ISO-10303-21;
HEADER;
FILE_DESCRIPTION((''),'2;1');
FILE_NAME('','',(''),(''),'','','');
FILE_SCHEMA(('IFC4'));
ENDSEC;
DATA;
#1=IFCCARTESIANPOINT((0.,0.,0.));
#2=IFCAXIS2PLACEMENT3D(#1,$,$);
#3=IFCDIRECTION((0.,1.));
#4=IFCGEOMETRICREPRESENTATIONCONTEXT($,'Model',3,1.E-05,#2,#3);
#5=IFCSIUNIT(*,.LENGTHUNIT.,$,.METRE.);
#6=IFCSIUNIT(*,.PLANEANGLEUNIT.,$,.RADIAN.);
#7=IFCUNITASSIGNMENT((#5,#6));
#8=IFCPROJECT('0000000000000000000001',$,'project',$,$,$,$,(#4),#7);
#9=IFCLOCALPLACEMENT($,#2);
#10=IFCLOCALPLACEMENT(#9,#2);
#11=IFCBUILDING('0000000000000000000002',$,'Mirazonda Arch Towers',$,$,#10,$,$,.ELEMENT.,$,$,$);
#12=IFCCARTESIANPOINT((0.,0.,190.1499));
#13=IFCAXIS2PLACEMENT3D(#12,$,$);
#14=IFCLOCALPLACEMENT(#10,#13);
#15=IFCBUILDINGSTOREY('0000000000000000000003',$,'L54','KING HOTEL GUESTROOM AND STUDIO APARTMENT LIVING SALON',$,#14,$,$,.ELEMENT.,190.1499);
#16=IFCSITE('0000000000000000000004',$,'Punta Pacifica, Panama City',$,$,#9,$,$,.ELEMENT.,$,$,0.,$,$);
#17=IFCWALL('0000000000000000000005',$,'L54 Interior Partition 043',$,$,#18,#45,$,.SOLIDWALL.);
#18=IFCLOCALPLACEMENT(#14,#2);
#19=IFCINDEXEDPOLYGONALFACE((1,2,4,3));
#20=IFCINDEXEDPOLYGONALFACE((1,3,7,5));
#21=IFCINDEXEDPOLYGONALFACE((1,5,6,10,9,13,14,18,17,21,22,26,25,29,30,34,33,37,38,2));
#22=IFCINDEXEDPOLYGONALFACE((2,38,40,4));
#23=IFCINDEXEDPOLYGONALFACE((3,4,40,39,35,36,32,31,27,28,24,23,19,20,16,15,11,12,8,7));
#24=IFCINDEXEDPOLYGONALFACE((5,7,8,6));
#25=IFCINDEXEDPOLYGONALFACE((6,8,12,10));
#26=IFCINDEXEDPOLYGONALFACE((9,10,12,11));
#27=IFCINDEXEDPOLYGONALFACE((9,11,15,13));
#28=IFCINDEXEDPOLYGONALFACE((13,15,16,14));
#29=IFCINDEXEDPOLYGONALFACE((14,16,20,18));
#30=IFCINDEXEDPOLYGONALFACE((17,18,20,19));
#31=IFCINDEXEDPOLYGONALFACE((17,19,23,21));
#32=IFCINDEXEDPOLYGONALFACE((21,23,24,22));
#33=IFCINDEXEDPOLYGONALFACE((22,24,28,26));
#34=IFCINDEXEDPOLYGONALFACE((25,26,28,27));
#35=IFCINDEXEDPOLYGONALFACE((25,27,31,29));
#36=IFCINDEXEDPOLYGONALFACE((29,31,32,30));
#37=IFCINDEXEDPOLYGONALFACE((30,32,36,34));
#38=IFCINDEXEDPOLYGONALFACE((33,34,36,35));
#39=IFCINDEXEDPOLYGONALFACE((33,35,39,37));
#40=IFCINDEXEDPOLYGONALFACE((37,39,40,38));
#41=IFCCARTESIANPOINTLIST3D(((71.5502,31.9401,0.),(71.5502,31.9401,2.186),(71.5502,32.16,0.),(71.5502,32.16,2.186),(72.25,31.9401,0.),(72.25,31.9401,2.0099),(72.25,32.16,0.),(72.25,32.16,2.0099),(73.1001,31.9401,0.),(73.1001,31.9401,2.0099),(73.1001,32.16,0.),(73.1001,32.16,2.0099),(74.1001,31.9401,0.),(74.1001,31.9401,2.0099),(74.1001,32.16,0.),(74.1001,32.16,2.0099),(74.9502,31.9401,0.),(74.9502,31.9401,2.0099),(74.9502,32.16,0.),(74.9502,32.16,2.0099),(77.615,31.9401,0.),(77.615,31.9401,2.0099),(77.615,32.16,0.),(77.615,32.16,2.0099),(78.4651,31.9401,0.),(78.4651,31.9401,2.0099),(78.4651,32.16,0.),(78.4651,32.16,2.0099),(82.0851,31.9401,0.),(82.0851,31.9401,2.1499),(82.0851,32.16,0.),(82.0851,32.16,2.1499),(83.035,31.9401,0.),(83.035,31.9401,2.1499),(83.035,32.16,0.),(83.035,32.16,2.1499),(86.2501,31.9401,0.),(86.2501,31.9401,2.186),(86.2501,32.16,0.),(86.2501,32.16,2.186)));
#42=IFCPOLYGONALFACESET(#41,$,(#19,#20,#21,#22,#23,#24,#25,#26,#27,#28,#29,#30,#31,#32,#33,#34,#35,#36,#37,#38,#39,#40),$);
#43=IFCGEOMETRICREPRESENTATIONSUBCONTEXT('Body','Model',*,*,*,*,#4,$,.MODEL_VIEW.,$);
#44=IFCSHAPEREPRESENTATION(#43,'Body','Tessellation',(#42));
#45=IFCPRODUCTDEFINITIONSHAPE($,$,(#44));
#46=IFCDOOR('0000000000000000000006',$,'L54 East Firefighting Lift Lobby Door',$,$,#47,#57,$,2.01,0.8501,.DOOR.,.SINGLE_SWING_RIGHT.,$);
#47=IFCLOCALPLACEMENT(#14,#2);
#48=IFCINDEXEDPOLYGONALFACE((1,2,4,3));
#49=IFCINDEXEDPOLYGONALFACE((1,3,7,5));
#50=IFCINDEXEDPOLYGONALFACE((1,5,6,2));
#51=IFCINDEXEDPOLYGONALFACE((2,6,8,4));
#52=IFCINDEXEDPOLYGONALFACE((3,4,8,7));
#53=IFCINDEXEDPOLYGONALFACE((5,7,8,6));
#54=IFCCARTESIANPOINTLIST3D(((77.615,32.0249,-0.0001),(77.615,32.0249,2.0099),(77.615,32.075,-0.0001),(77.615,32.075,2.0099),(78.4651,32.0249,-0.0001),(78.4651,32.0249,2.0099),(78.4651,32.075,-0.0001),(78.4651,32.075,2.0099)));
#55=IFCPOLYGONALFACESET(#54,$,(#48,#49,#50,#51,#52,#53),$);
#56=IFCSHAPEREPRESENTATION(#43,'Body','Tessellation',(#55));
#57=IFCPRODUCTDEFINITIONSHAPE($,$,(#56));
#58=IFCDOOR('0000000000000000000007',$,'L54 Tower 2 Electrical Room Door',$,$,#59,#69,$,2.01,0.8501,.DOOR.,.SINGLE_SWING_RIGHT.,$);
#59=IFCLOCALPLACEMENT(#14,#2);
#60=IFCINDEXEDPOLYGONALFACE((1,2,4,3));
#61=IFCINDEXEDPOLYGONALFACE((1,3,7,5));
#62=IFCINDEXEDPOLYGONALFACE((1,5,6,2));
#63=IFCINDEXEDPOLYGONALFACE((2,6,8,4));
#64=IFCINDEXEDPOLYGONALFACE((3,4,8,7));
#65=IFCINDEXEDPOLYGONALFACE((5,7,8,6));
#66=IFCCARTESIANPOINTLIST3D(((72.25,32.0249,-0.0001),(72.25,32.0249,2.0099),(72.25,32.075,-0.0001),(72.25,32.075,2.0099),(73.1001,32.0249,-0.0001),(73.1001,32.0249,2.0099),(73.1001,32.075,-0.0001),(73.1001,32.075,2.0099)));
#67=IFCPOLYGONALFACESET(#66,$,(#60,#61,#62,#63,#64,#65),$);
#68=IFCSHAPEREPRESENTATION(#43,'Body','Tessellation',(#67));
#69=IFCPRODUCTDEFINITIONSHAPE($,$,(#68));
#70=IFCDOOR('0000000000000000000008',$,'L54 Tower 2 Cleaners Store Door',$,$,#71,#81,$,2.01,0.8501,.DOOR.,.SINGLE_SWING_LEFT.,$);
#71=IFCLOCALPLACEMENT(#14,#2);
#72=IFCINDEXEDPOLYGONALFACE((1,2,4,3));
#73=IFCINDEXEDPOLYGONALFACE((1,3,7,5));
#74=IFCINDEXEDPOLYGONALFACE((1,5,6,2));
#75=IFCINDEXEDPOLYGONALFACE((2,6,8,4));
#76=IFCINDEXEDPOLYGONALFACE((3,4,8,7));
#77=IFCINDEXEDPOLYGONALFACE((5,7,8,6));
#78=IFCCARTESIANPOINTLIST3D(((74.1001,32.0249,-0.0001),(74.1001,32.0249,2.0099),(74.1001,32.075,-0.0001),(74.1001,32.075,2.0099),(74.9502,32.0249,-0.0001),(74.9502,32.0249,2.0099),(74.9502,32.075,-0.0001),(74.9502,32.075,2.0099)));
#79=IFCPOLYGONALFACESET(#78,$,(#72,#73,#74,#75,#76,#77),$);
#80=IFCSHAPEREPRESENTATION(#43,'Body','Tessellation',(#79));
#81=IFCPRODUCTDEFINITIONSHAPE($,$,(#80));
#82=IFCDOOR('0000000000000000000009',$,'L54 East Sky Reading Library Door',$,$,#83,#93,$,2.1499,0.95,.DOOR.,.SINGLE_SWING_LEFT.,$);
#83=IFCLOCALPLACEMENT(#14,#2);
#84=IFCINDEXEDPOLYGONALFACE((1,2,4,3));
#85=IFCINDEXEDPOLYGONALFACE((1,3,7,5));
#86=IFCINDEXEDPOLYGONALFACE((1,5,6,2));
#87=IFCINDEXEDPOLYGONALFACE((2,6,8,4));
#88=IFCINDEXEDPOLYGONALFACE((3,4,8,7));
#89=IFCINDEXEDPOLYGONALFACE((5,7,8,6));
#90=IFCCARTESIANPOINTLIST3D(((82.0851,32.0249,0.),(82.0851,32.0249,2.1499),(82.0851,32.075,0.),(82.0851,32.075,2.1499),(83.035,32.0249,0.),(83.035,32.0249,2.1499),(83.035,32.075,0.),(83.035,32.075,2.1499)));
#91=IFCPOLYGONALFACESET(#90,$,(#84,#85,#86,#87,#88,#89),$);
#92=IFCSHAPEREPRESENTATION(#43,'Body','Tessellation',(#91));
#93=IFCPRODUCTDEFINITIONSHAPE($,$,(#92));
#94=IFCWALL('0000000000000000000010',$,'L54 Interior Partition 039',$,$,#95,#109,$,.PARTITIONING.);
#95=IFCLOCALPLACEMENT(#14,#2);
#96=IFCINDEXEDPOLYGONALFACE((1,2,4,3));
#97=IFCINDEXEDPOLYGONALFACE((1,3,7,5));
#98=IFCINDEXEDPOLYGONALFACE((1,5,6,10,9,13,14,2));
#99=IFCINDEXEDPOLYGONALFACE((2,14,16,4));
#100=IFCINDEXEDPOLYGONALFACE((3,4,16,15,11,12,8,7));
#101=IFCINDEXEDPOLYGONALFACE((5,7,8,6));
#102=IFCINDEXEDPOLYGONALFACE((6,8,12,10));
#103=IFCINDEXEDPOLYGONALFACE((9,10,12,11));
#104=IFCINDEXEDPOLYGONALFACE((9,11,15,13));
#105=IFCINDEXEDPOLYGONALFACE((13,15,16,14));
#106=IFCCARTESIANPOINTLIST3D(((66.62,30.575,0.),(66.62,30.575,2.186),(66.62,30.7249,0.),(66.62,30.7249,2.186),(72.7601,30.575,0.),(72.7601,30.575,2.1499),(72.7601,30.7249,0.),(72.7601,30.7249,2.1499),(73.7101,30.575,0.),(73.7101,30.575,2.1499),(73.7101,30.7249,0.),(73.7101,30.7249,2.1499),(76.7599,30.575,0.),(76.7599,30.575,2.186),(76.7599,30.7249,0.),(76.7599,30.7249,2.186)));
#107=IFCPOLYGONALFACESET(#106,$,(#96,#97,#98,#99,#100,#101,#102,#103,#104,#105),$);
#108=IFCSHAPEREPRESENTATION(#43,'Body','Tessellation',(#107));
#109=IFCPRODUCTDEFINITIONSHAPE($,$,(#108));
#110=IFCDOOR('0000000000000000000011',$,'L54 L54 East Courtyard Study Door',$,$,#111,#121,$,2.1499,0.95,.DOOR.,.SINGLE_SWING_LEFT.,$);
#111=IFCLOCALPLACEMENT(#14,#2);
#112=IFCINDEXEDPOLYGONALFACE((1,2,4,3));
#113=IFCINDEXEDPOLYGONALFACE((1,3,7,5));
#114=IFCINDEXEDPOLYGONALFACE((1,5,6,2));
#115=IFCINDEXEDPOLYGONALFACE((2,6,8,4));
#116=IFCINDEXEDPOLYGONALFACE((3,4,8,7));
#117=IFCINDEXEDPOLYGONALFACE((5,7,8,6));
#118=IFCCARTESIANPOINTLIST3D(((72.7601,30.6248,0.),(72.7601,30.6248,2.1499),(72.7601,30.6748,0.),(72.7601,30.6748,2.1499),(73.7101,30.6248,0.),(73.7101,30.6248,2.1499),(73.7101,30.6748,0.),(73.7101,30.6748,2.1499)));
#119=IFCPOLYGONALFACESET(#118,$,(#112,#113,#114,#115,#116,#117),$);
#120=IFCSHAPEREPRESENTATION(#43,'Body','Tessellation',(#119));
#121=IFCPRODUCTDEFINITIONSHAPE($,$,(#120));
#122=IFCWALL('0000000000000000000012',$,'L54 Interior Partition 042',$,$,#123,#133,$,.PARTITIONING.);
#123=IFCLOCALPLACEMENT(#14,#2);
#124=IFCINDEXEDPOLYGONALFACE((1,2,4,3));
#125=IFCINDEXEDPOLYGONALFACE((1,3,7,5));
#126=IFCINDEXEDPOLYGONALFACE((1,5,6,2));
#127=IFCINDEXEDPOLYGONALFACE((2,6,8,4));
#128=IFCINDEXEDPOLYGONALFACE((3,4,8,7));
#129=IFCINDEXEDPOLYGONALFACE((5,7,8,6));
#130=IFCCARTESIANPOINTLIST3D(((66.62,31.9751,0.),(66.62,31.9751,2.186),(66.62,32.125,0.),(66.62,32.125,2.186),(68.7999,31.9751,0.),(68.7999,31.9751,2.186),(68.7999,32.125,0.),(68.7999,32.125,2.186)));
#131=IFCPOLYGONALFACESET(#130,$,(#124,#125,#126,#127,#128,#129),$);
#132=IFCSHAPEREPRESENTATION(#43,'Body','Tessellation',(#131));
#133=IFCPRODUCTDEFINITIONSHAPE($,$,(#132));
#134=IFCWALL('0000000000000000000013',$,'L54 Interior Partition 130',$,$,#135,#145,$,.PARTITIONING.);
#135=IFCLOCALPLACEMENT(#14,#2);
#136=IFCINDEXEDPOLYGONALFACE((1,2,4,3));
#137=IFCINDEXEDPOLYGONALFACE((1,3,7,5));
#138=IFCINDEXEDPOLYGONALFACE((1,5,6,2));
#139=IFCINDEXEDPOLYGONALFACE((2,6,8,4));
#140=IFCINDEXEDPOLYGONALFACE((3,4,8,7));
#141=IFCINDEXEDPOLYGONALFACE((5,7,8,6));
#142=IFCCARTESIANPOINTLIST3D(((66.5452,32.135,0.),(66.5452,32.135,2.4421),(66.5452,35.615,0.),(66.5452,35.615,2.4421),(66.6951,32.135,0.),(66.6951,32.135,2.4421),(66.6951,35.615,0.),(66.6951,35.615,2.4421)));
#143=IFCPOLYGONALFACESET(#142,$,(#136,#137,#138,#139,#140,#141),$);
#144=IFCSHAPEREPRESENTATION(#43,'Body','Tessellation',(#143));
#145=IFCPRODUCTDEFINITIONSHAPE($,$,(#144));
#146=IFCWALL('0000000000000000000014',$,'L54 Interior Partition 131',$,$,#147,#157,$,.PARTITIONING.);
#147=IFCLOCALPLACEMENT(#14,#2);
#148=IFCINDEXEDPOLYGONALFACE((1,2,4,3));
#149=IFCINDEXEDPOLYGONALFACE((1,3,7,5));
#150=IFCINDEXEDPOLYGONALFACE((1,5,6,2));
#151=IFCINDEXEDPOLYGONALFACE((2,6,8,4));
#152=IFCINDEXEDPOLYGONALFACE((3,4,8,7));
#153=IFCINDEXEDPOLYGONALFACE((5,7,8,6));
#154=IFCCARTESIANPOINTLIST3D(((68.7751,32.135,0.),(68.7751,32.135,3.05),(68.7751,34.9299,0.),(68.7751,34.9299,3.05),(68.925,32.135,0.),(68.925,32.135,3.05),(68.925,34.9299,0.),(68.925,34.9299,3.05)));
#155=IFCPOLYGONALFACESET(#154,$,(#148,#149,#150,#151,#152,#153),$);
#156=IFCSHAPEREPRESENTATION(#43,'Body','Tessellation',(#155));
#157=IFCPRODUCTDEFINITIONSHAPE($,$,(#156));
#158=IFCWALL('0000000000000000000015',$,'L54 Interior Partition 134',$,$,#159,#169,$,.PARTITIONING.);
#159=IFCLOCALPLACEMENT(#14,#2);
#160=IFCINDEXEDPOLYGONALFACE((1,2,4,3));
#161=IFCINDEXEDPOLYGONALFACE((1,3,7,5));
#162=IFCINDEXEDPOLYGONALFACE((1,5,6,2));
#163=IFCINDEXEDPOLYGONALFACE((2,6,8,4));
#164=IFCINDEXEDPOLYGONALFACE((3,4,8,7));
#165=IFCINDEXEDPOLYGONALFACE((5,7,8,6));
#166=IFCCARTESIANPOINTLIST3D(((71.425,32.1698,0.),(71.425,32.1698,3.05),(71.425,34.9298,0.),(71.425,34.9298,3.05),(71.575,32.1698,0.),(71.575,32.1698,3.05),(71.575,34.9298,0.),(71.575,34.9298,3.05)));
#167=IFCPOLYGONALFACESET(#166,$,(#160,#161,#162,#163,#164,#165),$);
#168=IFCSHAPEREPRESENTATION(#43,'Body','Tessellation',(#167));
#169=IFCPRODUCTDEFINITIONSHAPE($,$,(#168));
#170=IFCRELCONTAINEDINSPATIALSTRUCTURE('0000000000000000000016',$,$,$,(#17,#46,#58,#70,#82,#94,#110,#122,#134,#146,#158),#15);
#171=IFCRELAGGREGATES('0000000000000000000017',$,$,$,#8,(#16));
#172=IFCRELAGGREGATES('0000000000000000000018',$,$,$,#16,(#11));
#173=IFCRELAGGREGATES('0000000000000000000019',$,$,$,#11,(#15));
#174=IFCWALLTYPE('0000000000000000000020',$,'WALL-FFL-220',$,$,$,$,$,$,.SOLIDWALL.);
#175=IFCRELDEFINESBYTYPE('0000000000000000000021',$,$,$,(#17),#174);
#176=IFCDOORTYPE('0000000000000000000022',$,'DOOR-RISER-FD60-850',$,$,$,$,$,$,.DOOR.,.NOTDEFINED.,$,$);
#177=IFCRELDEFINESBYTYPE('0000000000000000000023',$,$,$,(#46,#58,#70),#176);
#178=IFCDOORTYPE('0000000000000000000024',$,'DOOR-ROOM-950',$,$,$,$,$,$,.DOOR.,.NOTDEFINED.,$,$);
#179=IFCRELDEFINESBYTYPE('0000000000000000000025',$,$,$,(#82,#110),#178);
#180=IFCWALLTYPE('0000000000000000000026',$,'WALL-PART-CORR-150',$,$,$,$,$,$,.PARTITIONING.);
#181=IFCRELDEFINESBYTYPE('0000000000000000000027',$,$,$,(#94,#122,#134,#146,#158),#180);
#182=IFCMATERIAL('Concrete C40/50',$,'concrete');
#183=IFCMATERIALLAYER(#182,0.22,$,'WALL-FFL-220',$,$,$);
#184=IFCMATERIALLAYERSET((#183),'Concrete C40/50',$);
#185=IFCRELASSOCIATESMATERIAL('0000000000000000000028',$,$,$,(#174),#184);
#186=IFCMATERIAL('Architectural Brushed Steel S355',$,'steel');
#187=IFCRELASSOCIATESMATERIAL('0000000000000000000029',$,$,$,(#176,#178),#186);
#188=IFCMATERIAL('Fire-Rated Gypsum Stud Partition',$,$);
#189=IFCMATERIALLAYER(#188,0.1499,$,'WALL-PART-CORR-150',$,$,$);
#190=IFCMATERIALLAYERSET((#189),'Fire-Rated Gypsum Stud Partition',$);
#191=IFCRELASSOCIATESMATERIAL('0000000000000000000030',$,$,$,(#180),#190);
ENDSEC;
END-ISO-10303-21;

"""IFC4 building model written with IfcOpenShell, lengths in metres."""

from ifc_helpers import new_model, si_unit, direction, frame, frame_2d, origin, place, context, subcontext, project, spatial, rectangle, extrude, material, layer, layer_set, type_object, element, fill, save


model = new_model("IFC4")

# Units and contexts
model_context = context("Model", 3, precision=1e-05, world=origin(), true_north=direction((0.0, 1.0)))
body_context = subcontext(model_context, "Body", "Model", "MODEL_VIEW")
ifc_project = project(units=[si_unit("LENGTHUNIT", "METRE"), si_unit("PLANEANGLEUNIT", "RADIAN")], contexts=[model_context])

# Site, building, storey
site_placement = place(None, origin())
site = spatial("IfcSite", under=ifc_project, at=site_placement, Name="Punta Pacifica, Panama City", CompositionType="ELEMENT", RefElevation=0.0)
building_placement = place(site_placement, origin())
building = spatial("IfcBuilding", under=site, at=building_placement, Name="Mirazonda Arch Towers", CompositionType="ELEMENT")
storey_placement = place(building_placement, frame((0.0, 0.0, 190.1499)))
storey = spatial("IfcBuildingStorey", under=building, at=storey_placement, Name="L54", Description="KING HOTEL GUESTROOM AND STUDIO APARTMENT LIVING SALON", CompositionType="ELEMENT", Elevation=190.1499)

# Wall, openings, doors
ifc_material_1 = material(Name="Architectural Brushed Steel S355", Category="steel")
ifc_material_2 = material(Name="Concrete C40/50", Category="concrete")
ifc_layer_1 = layer(ifc_material_2, 0.22, Name="WALL-FFL-220")
ifc_layer_set_1 = layer_set([ifc_layer_1], Name="Concrete C40/50")
wall_type_1 = type_object("IfcWallType", Name="WALL-FFL-220", PredefinedType="SOLIDWALL", material=ifc_layer_set_1)
wall_1_placement = place(storey_placement, frame((71.55, 32.05, 0.0), z_axis=(0.0, 0.0, 1.0), x_axis=(1.0, 0.0, 0.0)))
wall_1 = element("IfcWall", 1, at=wall_1_placement, inside=storey, type_object=wall_type_1, Name="L54 Interior Partition 043", PredefinedType="SOLIDWALL", context=body_context, shape_type="SweptSolid", body=[
    extrude(rectangle(XDim=14.7, YDim=0.22, at=frame_2d((7.3501, 0.0))), origin(), (0.0, 0.0, 1.0), 2.186),
])
opening_1_placement = place(wall_1_placement, frame((6.0649, 0.0, 0.0)))
opening_1 = element("IfcOpeningElement", 2, at=opening_1_placement, cuts=wall_1, PredefinedType="OPENING", context=body_context, shape_type="SweptSolid", body=[
    extrude(rectangle(XDim=0.8501, YDim=2.01, at=frame_2d((0.425, 1.0049))), frame((0.0, 0.1199, 0.0), z_axis=(0.0, -1.0, 0.0), x_axis=(1.0, 0.0, 0.0)), (0.0, 0.0, 1.0), 0.24),
])
opening_2_placement = place(wall_1_placement, frame((10.5349, 0.0, 0.0)))
opening_2 = element("IfcOpeningElement", 3, at=opening_2_placement, cuts=wall_1, PredefinedType="OPENING", context=body_context, shape_type="SweptSolid", body=[
    extrude(rectangle(XDim=0.95, YDim=2.1499, at=frame_2d((0.4751, 1.075))), frame((0.0, 0.1199, 0.0), z_axis=(0.0, -1.0, 0.0), x_axis=(1.0, 0.0, 0.0)), (0.0, 0.0, 1.0), 0.24),
])
opening_3_placement = place(wall_1_placement, frame((0.7, 0.0, 0.0)))
opening_3 = element("IfcOpeningElement", 4, at=opening_3_placement, cuts=wall_1, PredefinedType="OPENING", context=body_context, shape_type="SweptSolid", body=[
    extrude(rectangle(XDim=0.8501, YDim=2.01, at=frame_2d((0.425, 1.0049))), frame((0.0, 0.1199, 0.0), z_axis=(0.0, -1.0, 0.0), x_axis=(1.0, 0.0, 0.0)), (0.0, 0.0, 1.0), 0.24),
])
opening_4_placement = place(wall_1_placement, frame((2.55, 0.0, 0.0)))
opening_4 = element("IfcOpeningElement", 5, at=opening_4_placement, cuts=wall_1, PredefinedType="OPENING", context=body_context, shape_type="SweptSolid", body=[
    extrude(rectangle(XDim=0.8501, YDim=2.01, at=frame_2d((0.425, 1.0049))), frame((0.0, 0.1199, 0.0), z_axis=(0.0, -1.0, 0.0), x_axis=(1.0, 0.0, 0.0)), (0.0, 0.0, 1.0), 0.24),
])
door_type_1 = type_object("IfcDoorType", Name="DOOR-RISER-FD60-850", OperationType="NOTDEFINED", PredefinedType="DOOR", material=ifc_material_1)
door_1_placement = place(opening_1_placement, origin())
door_1 = element("IfcDoor", 6, at=door_1_placement, inside=storey, type_object=door_type_1, Name="L54 East Firefighting Lift Lobby Door", OperationType="SINGLE_SWING_RIGHT", OverallHeight=2.01, OverallWidth=0.8501, PredefinedType="DOOR", context=body_context, shape_type="SweptSolid", body=[
    extrude(rectangle(XDim=0.8501, YDim=2.01, at=frame_2d((0.425, 1.0049))), frame((0.0, 0.0249, 0.0), z_axis=(0.0, -1.0, 0.0), x_axis=(1.0, 0.0, 0.0)), (0.0, 0.0, 1.0), 0.05),
])
fill(opening_1, door_1)
door_2_placement = place(opening_3_placement, origin())
door_2 = element("IfcDoor", 7, at=door_2_placement, inside=storey, type_object=door_type_1, Name="L54 Tower 2 Electrical Room Door", OperationType="SINGLE_SWING_RIGHT", OverallHeight=2.01, OverallWidth=0.8501, PredefinedType="DOOR", context=body_context, shape_type="SweptSolid", body=[
    extrude(rectangle(XDim=0.8501, YDim=2.01, at=frame_2d((0.425, 1.0049))), frame((0.0, 0.0249, 0.0), z_axis=(0.0, -1.0, 0.0), x_axis=(1.0, 0.0, 0.0)), (0.0, 0.0, 1.0), 0.05),
])
fill(opening_3, door_2)
door_3_placement = place(opening_4_placement, origin())
door_3 = element("IfcDoor", 8, at=door_3_placement, inside=storey, type_object=door_type_1, Name="L54 Tower 2 Cleaners Store Door", OperationType="SINGLE_SWING_LEFT", OverallHeight=2.01, OverallWidth=0.8501, PredefinedType="DOOR", context=body_context, shape_type="SweptSolid", body=[
    extrude(rectangle(XDim=0.8501, YDim=2.01, at=frame_2d((0.425, 1.0049))), frame((0.0, 0.0249, 0.0), z_axis=(0.0, -1.0, 0.0), x_axis=(1.0, 0.0, 0.0)), (0.0, 0.0, 1.0), 0.05),
])
fill(opening_4, door_3)
door_type_2 = type_object("IfcDoorType", Name="DOOR-ROOM-950", OperationType="NOTDEFINED", PredefinedType="DOOR", material=ifc_material_1)
door_4_placement = place(opening_2_placement, origin())
door_4 = element("IfcDoor", 9, at=door_4_placement, inside=storey, type_object=door_type_2, Name="L54 East Sky Reading Library Door", OperationType="SINGLE_SWING_LEFT", OverallHeight=2.1499, OverallWidth=0.95, PredefinedType="DOOR", context=body_context, shape_type="SweptSolid", body=[
    extrude(rectangle(XDim=0.95, YDim=2.1499, at=frame_2d((0.4751, 1.075))), frame((0.0, 0.0249, 0.0), z_axis=(0.0, -1.0, 0.0), x_axis=(1.0, 0.0, 0.0)), (0.0, 0.0, 1.0), 0.05),
])
fill(opening_2, door_4)

# Wall, opening, door
ifc_material_3 = material(Name="Fire-Rated Gypsum Stud Partition")
ifc_layer_2 = layer(ifc_material_3, 0.1499, Name="WALL-PART-CORR-150")
ifc_layer_set_2 = layer_set([ifc_layer_2], Name="Fire-Rated Gypsum Stud Partition")
wall_type_2 = type_object("IfcWallType", Name="WALL-PART-CORR-150", PredefinedType="PARTITIONING", material=ifc_layer_set_2)
wall_2_placement = place(storey_placement, frame((66.6201, 30.6499, 0.0), z_axis=(0.0, 0.0, 1.0), x_axis=(1.0, 0.0, 0.0)))
wall_2 = element("IfcWall", 10, at=wall_2_placement, inside=storey, type_object=wall_type_2, Name="L54 Interior Partition 039", PredefinedType="PARTITIONING", context=body_context, shape_type="SweptSolid", body=[
    extrude(rectangle(XDim=10.1399, YDim=0.1499, at=frame_2d((5.0698, 0.0))), origin(), (0.0, 0.0, 1.0), 2.186),
])
opening_5_placement = place(wall_2_placement, frame((6.1399, 0.0, 0.0)))
opening_5 = element("IfcOpeningElement", 11, at=opening_5_placement, cuts=wall_2, PredefinedType="OPENING", context=body_context, shape_type="SweptSolid", body=[
    extrude(rectangle(XDim=0.95, YDim=2.1499, at=frame_2d((0.4751, 1.075))), frame((0.0, 0.085, 0.0), z_axis=(0.0, -1.0, 0.0), x_axis=(1.0, 0.0, 0.0)), (0.0, 0.0, 1.0), 0.1699),
])
door_5_placement = place(opening_5_placement, origin())
door_5 = element("IfcDoor", 12, at=door_5_placement, inside=storey, type_object=door_type_2, Name="L54 L54 East Courtyard Study Door", OperationType="SINGLE_SWING_LEFT", OverallHeight=2.1499, OverallWidth=0.95, PredefinedType="DOOR", context=body_context, shape_type="SweptSolid", body=[
    extrude(rectangle(XDim=0.95, YDim=2.1499, at=frame_2d((0.4751, 1.075))), frame((0.0, 0.0249, 0.0), z_axis=(0.0, -1.0, 0.0), x_axis=(1.0, 0.0, 0.0)), (0.0, 0.0, 1.0), 0.05),
])
fill(opening_5, door_5)

# Walls
wall_3_placement = place(storey_placement, frame((66.6201, 32.05, 0.0), z_axis=(0.0, 0.0, 1.0), x_axis=(1.0, 0.0, 0.0)))
element("IfcWall", 13, at=wall_3_placement, inside=storey, type_object=wall_type_2, Name="L54 Interior Partition 042", PredefinedType="PARTITIONING", context=body_context, shape_type="SweptSolid", body=[
    extrude(rectangle(XDim=2.1799, YDim=0.1499, at=frame_2d((1.0898, 0.0))), origin(), (0.0, 0.0, 1.0), 2.186),
])
wall_4_placement = place(storey_placement, frame((66.6201, 32.135, 0.0), z_axis=(0.0, 0.0, 1.0), x_axis=(0.0, 1.0, 0.0)))
element("IfcWall", 14, at=wall_4_placement, inside=storey, type_object=wall_type_2, Name="L54 Interior Partition 130", PredefinedType="PARTITIONING", context=body_context, shape_type="SweptSolid", body=[
    extrude(rectangle(XDim=3.48, YDim=0.1499, at=frame_2d((1.74, 0.0))), origin(), (0.0, 0.0, 1.0), 2.4421),
])
wall_5_placement = place(storey_placement, frame((68.8501, 32.135, 0.0), z_axis=(0.0, 0.0, 1.0), x_axis=(0.0, 1.0, 0.0)))
element("IfcWall", 15, at=wall_5_placement, inside=storey, type_object=wall_type_2, Name="L54 Interior Partition 131", PredefinedType="PARTITIONING", context=body_context, shape_type="SweptSolid", body=[
    extrude(rectangle(XDim=2.7949, YDim=0.1499, at=frame_2d((1.3975, 0.0))), origin(), (0.0, 0.0, 1.0), 3.05),
])
for number, where, z_axis, x_axis, name in (
    (16, (71.5, 32.1699, 0.0), (0.0, 0.0, 1.0), (0.0, 1.0, 0.0), "L54 Interior Partition 134"),
):
    element("IfcWall", number, at=place(storey_placement, frame(where, z_axis=z_axis, x_axis=x_axis)), inside=storey, type_object=wall_type_2, Name=name, PredefinedType="PARTITIONING", context=body_context, shape_type="SweptSolid", body=[
        extrude(rectangle(XDim=2.76, YDim=0.1499, at=frame_2d((1.3799, 0.0))), origin(), (0.0, 0.0, 1.0), 3.05),
    ])

save(model, "model.ifc")
